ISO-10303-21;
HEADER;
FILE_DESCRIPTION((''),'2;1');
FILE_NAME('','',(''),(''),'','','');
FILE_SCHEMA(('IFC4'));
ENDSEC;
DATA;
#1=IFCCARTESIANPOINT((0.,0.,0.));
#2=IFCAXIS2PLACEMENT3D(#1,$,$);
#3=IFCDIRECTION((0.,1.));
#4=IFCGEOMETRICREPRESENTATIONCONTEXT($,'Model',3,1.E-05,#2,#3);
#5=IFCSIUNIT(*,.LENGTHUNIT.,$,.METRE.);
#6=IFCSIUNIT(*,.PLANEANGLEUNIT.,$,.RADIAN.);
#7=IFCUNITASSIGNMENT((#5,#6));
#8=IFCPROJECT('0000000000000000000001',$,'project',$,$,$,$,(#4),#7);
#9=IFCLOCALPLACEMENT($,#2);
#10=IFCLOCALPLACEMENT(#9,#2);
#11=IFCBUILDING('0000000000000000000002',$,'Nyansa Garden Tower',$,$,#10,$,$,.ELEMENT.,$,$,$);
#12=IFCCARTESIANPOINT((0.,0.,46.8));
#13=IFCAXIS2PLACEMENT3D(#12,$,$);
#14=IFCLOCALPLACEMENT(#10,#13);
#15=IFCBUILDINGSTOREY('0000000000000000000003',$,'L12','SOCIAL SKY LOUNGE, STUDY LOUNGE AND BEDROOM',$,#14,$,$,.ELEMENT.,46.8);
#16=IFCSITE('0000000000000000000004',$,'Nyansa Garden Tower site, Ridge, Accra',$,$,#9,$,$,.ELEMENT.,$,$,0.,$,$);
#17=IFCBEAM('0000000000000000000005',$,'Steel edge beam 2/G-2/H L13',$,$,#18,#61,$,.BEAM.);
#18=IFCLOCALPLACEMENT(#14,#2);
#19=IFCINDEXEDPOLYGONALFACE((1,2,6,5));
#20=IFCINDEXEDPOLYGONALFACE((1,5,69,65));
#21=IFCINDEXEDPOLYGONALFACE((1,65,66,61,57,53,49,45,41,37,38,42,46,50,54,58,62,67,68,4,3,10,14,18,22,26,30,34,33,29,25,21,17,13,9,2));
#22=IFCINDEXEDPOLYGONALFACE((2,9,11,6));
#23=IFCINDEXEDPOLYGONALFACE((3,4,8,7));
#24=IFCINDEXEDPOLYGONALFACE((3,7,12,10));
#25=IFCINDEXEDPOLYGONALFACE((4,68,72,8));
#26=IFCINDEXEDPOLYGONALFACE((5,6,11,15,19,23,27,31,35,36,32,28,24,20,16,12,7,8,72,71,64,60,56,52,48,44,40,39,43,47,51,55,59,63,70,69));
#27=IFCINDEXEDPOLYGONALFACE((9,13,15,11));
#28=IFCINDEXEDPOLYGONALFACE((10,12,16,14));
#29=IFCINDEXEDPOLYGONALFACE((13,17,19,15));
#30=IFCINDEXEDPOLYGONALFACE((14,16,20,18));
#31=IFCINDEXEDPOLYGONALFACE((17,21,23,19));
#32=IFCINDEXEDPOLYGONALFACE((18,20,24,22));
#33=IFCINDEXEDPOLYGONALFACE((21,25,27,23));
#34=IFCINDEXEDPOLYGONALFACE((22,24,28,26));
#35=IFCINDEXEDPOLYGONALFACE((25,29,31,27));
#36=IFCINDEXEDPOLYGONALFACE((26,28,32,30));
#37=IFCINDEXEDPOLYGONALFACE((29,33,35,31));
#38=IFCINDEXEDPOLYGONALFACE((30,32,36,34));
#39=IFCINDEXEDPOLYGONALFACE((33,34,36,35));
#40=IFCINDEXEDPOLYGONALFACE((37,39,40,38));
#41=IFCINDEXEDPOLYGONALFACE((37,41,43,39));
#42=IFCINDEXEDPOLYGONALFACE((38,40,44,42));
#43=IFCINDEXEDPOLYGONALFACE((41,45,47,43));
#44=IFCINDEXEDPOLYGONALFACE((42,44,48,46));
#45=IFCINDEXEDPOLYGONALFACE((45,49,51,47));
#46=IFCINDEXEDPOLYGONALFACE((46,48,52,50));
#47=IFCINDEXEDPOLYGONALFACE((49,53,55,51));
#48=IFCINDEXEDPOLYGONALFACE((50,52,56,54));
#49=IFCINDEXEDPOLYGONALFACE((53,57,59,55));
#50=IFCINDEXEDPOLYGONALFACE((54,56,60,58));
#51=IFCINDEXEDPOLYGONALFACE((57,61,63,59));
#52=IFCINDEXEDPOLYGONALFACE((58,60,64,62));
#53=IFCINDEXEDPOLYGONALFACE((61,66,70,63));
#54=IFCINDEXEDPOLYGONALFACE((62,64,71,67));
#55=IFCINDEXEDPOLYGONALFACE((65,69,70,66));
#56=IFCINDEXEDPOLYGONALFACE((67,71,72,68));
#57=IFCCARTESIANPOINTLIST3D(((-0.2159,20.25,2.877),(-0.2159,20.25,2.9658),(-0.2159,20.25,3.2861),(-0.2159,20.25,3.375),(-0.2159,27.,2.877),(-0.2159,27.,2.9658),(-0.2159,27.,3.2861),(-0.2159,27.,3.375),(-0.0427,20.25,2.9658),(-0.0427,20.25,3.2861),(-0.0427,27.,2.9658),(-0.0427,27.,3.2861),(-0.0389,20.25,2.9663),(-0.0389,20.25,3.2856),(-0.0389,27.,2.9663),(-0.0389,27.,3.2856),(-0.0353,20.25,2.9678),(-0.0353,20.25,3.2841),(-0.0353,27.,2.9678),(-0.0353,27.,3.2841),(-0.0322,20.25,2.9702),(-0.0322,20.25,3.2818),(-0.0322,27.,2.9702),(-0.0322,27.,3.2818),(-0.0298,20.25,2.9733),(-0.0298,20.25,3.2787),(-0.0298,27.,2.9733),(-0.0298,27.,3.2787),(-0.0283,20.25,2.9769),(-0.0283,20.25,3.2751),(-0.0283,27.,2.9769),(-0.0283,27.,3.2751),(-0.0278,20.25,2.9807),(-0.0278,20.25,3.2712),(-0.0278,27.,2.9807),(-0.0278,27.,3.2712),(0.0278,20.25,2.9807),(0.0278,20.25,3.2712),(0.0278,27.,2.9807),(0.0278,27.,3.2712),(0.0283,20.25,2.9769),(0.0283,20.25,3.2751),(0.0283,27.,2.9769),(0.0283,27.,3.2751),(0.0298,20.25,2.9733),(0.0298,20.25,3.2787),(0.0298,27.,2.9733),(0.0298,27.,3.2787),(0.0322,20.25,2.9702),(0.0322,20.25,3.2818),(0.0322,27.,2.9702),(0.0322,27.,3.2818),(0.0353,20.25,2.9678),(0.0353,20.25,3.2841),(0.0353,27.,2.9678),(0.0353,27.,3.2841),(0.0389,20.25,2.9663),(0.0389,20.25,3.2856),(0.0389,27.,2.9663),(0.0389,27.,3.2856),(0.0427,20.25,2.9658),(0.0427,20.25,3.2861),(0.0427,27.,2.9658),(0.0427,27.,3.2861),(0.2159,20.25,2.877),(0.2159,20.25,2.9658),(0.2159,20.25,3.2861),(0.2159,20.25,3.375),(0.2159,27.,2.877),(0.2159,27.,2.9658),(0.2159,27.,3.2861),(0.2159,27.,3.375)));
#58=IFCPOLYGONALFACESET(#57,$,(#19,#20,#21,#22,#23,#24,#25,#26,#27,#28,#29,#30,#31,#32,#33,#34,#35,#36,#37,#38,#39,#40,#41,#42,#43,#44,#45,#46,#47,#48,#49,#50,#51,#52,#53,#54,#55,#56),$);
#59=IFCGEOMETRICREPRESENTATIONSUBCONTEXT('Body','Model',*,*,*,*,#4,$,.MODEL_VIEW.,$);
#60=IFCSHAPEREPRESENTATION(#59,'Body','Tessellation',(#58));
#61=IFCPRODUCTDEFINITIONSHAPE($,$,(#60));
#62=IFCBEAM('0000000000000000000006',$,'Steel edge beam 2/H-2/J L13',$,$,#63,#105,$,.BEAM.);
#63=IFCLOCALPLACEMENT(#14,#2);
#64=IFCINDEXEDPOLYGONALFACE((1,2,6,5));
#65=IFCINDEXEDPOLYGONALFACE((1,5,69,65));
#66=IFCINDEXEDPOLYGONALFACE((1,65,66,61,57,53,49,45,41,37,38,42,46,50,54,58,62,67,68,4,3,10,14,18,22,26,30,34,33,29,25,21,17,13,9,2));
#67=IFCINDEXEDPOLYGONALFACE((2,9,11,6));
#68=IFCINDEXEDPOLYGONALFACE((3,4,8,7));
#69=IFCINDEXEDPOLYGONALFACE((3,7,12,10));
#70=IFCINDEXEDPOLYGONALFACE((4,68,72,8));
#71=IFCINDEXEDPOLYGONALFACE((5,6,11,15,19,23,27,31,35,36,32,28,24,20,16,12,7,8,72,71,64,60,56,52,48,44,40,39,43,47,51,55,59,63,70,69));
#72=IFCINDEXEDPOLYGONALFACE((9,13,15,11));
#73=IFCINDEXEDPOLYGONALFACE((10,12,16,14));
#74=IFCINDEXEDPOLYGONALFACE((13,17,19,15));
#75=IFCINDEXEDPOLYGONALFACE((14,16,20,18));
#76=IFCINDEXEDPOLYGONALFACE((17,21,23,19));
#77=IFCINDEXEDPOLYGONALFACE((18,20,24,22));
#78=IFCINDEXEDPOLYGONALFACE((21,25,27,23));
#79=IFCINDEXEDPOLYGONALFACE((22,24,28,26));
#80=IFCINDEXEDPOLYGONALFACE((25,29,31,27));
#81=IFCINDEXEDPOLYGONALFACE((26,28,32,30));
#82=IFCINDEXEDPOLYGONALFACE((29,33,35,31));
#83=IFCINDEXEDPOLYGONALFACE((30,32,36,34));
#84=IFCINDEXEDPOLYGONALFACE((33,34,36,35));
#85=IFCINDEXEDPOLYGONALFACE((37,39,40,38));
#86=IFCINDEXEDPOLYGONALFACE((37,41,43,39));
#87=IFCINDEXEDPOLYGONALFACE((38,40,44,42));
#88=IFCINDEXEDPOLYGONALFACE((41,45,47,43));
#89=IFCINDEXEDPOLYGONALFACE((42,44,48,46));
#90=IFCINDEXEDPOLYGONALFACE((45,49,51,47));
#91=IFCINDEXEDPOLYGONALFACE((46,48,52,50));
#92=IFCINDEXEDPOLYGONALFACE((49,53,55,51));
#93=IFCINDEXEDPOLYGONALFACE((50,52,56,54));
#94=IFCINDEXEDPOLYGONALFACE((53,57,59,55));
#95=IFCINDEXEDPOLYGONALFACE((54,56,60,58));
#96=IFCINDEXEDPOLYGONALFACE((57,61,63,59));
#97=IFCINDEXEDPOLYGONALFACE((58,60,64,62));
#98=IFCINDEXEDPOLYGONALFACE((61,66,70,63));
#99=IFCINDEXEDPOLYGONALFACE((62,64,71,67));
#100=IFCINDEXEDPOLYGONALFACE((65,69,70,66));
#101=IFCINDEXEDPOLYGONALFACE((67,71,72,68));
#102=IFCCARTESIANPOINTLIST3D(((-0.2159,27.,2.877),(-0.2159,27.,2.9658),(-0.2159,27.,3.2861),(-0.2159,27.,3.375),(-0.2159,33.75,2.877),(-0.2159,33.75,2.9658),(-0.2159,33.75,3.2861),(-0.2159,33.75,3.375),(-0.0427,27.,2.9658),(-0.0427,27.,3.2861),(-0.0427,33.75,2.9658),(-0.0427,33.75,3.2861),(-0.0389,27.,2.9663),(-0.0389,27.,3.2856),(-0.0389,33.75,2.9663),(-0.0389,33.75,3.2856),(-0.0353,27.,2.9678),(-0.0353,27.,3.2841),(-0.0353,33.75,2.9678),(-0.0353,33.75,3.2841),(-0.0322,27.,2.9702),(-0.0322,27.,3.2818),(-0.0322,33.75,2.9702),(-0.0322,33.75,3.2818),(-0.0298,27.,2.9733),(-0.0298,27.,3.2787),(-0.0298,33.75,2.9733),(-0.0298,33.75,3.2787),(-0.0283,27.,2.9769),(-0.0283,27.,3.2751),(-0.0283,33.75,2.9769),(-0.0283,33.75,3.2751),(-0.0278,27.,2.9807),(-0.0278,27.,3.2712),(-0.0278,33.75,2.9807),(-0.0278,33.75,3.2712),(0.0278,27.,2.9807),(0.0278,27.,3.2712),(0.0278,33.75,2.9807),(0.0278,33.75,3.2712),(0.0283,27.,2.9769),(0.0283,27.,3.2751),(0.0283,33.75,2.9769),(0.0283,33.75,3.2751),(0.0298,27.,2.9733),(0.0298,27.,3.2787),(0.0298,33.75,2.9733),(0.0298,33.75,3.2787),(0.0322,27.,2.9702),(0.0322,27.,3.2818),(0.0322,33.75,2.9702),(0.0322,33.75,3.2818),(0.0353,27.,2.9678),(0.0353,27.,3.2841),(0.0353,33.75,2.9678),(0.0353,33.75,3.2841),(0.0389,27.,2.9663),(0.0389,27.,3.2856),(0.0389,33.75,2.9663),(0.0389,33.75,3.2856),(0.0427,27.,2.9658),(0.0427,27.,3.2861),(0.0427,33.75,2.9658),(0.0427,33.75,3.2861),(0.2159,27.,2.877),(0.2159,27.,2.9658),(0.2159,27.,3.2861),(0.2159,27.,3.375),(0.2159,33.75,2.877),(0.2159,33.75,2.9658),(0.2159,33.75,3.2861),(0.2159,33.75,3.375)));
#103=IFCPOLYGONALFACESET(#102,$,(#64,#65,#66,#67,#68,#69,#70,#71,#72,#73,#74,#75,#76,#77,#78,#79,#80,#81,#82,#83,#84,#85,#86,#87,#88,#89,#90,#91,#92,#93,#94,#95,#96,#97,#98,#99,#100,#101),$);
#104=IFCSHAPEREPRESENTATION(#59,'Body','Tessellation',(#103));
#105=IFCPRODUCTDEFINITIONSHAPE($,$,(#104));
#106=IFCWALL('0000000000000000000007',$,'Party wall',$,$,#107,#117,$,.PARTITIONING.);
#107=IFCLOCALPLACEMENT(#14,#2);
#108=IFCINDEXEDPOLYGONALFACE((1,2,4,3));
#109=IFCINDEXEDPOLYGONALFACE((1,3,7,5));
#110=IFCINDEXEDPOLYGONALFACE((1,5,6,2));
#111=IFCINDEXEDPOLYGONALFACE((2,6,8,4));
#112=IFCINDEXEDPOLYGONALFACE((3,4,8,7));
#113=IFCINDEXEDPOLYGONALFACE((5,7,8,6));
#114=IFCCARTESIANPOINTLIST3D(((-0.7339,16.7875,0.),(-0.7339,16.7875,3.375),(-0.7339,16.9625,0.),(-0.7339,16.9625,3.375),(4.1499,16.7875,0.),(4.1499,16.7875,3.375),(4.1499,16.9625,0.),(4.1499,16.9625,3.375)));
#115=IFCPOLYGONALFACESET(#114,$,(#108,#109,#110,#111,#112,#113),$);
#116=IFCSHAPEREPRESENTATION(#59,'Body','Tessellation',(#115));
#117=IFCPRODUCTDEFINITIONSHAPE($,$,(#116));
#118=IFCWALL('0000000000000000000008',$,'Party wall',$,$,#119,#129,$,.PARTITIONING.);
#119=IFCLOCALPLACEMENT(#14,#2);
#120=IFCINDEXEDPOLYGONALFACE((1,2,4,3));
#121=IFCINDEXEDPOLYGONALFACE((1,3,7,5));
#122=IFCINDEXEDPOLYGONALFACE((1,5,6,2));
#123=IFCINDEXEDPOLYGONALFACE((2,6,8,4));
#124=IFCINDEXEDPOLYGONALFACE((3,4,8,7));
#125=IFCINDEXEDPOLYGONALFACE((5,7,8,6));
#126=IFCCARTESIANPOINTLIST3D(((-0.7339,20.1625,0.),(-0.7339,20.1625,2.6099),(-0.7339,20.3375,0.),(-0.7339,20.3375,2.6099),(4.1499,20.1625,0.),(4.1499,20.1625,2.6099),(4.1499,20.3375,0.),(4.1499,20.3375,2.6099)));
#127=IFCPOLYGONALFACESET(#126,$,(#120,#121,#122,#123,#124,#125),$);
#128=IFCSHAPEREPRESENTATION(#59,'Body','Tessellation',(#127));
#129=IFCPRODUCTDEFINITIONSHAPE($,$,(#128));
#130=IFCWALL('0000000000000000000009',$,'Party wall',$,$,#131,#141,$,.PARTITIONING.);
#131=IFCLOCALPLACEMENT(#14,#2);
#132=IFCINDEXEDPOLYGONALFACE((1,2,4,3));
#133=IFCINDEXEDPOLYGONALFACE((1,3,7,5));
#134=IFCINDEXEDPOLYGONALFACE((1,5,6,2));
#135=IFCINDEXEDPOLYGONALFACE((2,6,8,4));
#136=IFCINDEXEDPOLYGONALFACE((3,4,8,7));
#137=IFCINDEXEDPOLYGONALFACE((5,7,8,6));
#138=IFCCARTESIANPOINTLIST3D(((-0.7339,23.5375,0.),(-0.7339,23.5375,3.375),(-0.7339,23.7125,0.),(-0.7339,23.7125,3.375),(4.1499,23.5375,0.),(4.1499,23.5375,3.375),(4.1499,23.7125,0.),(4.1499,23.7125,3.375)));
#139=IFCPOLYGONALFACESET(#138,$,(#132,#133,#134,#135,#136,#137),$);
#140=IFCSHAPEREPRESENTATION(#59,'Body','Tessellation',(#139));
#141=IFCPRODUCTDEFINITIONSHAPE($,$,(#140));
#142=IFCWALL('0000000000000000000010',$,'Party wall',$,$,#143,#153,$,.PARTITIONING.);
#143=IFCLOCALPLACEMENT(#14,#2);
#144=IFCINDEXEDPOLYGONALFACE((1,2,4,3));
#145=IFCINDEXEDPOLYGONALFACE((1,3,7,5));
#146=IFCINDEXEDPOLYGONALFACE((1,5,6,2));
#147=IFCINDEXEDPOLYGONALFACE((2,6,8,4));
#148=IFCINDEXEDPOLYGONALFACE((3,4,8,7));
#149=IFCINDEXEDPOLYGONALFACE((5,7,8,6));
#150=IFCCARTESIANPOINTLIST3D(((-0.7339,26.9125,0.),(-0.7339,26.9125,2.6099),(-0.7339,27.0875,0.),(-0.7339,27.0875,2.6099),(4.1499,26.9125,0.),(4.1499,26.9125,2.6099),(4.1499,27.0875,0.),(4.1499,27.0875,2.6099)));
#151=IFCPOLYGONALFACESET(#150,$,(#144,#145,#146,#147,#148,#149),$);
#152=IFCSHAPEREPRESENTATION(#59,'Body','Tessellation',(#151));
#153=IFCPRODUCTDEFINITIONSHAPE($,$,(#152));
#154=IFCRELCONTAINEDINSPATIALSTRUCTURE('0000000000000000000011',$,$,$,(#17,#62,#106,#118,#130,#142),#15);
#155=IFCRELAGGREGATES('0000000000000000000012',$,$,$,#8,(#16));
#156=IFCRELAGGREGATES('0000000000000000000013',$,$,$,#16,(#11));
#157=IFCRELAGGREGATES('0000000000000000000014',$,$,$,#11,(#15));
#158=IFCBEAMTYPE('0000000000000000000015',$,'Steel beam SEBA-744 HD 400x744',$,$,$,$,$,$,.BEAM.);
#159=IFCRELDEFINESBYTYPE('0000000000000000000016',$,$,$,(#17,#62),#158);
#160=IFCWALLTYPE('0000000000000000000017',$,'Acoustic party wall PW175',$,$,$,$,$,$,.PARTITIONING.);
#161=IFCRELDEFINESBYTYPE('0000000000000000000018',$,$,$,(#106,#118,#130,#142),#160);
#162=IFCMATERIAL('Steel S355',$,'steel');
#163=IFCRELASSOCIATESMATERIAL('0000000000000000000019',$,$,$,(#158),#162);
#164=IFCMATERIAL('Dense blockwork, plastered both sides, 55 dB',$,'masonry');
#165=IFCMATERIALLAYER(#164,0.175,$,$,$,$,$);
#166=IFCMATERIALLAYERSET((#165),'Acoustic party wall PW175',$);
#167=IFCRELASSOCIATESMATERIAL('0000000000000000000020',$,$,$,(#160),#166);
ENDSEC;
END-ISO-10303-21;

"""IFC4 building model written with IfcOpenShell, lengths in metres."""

from ifc_helpers import new_model, si_unit, direction, frame, frame_2d, origin, origin_2d, place, context, subcontext, project, spatial, rectangle, i_section, extrude, material, layer, layer_set, material_profile, profile_set, type_object, element, save


model = new_model("IFC4")

# Units and contexts
model_context = context("Model", 3, precision=1e-05, world=origin(), true_north=direction((0.0, 1.0)))
body_context = subcontext(model_context, "Body", "Model", "MODEL_VIEW")
ifc_project = project(units=[si_unit("LENGTHUNIT", "METRE"), si_unit("PLANEANGLEUNIT", "RADIAN")], contexts=[model_context])

# Site, building, storey
site_placement = place(None, origin())
site = spatial("IfcSite", under=ifc_project, at=site_placement, Name="Nyansa Garden Tower site, Ridge, Accra", CompositionType="ELEMENT", RefElevation=0.0)
building_placement = place(site_placement, origin())
building = spatial("IfcBuilding", under=site, at=building_placement, Name="Nyansa Garden Tower", CompositionType="ELEMENT")
storey_placement = place(building_placement, frame((0.0, 0.0, 46.8)))
storey = spatial("IfcBuildingStorey", under=building, at=storey_placement, Name="L12", Description="SOCIAL SKY LOUNGE, STUDY LOUNGE AND BEDROOM", CompositionType="ELEMENT", Elevation=46.8)

# Beams
ifc_material_1 = material(Name="Steel S355", Category="steel")
ifc_material_profile_1 = material_profile(ifc_material_1, i_section(OverallWidth=0.4319, OverallDepth=0.498, WebThickness=0.0557, FlangeThickness=0.0889, FilletRadius=0.0149, at=origin_2d()), Name="HD 400x744")
ifc_profile_set_1 = profile_set([ifc_material_profile_1], Name="Steel S355")
beam_type_1 = type_object("IfcBeamType", Name="Steel beam SEBA-744 HD 400x744", PredefinedType="BEAM", material=ifc_profile_set_1)
for number, where, z_axis, x_axis, name in (
    (1, (0.0, 20.25, 3.126), (0.0, 1.0, 0.0), (-1.0, 0.0, 0.0), "Steel edge beam 2/G-2/H L13"),
    (2, (0.0, 27.0, 3.126), (0.0, 1.0, 0.0), (-1.0, 0.0, 0.0), "Steel edge beam 2/H-2/J L13"),
):
    element("IfcBeam", number, at=place(storey_placement, frame(where, z_axis=z_axis, x_axis=x_axis)), inside=storey, type_object=beam_type_1, Name=name, PredefinedType="BEAM", context=body_context, shape_type="SweptSolid", body=[
        extrude(i_section(OverallWidth=0.4319, OverallDepth=0.498, WebThickness=0.0557, FlangeThickness=0.0889, FilletRadius=0.0149, at=origin_2d()), origin(), (0.0, 0.0, 1.0), 6.75),
    ])

# Walls
ifc_material_2 = material(Name="Dense blockwork, plastered both sides, 55 dB", Category="masonry")
ifc_layer_1 = layer(ifc_material_2, 0.175)
ifc_layer_set_1 = layer_set([ifc_layer_1], Name="Acoustic party wall PW175")
wall_type_1 = type_object("IfcWallType", Name="Acoustic party wall PW175", PredefinedType="PARTITIONING", material=ifc_layer_set_1)
wall_1_placement = place(storey_placement, frame((-0.7339, 16.875, 0.0), z_axis=(0.0, 0.0, 1.0), x_axis=(1.0, 0.0, 0.0)))
element("IfcWall", 3, at=wall_1_placement, inside=storey, type_object=wall_type_1, Name="Party wall", PredefinedType="PARTITIONING", context=body_context, shape_type="SweptSolid", body=[
    extrude(rectangle(XDim=4.8838, YDim=0.175, at=frame_2d((2.4419, 0.0))), origin(), (0.0, 0.0, 1.0), 3.375),
])
wall_2_placement = place(storey_placement, frame((-0.7339, 20.25, 0.0), z_axis=(0.0, 0.0, 1.0), x_axis=(1.0, 0.0, 0.0)))
element("IfcWall", 4, at=wall_2_placement, inside=storey, type_object=wall_type_1, Name="Party wall", PredefinedType="PARTITIONING", context=body_context, shape_type="SweptSolid", body=[
    extrude(rectangle(XDim=4.8838, YDim=0.175, at=frame_2d((2.4419, 0.0))), origin(), (0.0, 0.0, 1.0), 2.6099),
])
wall_3_placement = place(storey_placement, frame((-0.7339, 23.625, 0.0), z_axis=(0.0, 0.0, 1.0), x_axis=(1.0, 0.0, 0.0)))
element("IfcWall", 5, at=wall_3_placement, inside=storey, type_object=wall_type_1, Name="Party wall", PredefinedType="PARTITIONING", context=body_context, shape_type="SweptSolid", body=[
    extrude(rectangle(XDim=4.8838, YDim=0.175, at=frame_2d((2.4419, 0.0))), origin(), (0.0, 0.0, 1.0), 3.375),
])
wall_4_placement = place(storey_placement, frame((-0.7339, 27.0, 0.0), z_axis=(0.0, 0.0, 1.0), x_axis=(1.0, 0.0, 0.0)))
element("IfcWall", 6, at=wall_4_placement, inside=storey, type_object=wall_type_1, Name="Party wall", PredefinedType="PARTITIONING", context=body_context, shape_type="SweptSolid", body=[
    extrude(rectangle(XDim=4.8838, YDim=0.175, at=frame_2d((2.4419, 0.0))), origin(), (0.0, 0.0, 1.0), 2.6099),
])

save(model, "model.ifc")
